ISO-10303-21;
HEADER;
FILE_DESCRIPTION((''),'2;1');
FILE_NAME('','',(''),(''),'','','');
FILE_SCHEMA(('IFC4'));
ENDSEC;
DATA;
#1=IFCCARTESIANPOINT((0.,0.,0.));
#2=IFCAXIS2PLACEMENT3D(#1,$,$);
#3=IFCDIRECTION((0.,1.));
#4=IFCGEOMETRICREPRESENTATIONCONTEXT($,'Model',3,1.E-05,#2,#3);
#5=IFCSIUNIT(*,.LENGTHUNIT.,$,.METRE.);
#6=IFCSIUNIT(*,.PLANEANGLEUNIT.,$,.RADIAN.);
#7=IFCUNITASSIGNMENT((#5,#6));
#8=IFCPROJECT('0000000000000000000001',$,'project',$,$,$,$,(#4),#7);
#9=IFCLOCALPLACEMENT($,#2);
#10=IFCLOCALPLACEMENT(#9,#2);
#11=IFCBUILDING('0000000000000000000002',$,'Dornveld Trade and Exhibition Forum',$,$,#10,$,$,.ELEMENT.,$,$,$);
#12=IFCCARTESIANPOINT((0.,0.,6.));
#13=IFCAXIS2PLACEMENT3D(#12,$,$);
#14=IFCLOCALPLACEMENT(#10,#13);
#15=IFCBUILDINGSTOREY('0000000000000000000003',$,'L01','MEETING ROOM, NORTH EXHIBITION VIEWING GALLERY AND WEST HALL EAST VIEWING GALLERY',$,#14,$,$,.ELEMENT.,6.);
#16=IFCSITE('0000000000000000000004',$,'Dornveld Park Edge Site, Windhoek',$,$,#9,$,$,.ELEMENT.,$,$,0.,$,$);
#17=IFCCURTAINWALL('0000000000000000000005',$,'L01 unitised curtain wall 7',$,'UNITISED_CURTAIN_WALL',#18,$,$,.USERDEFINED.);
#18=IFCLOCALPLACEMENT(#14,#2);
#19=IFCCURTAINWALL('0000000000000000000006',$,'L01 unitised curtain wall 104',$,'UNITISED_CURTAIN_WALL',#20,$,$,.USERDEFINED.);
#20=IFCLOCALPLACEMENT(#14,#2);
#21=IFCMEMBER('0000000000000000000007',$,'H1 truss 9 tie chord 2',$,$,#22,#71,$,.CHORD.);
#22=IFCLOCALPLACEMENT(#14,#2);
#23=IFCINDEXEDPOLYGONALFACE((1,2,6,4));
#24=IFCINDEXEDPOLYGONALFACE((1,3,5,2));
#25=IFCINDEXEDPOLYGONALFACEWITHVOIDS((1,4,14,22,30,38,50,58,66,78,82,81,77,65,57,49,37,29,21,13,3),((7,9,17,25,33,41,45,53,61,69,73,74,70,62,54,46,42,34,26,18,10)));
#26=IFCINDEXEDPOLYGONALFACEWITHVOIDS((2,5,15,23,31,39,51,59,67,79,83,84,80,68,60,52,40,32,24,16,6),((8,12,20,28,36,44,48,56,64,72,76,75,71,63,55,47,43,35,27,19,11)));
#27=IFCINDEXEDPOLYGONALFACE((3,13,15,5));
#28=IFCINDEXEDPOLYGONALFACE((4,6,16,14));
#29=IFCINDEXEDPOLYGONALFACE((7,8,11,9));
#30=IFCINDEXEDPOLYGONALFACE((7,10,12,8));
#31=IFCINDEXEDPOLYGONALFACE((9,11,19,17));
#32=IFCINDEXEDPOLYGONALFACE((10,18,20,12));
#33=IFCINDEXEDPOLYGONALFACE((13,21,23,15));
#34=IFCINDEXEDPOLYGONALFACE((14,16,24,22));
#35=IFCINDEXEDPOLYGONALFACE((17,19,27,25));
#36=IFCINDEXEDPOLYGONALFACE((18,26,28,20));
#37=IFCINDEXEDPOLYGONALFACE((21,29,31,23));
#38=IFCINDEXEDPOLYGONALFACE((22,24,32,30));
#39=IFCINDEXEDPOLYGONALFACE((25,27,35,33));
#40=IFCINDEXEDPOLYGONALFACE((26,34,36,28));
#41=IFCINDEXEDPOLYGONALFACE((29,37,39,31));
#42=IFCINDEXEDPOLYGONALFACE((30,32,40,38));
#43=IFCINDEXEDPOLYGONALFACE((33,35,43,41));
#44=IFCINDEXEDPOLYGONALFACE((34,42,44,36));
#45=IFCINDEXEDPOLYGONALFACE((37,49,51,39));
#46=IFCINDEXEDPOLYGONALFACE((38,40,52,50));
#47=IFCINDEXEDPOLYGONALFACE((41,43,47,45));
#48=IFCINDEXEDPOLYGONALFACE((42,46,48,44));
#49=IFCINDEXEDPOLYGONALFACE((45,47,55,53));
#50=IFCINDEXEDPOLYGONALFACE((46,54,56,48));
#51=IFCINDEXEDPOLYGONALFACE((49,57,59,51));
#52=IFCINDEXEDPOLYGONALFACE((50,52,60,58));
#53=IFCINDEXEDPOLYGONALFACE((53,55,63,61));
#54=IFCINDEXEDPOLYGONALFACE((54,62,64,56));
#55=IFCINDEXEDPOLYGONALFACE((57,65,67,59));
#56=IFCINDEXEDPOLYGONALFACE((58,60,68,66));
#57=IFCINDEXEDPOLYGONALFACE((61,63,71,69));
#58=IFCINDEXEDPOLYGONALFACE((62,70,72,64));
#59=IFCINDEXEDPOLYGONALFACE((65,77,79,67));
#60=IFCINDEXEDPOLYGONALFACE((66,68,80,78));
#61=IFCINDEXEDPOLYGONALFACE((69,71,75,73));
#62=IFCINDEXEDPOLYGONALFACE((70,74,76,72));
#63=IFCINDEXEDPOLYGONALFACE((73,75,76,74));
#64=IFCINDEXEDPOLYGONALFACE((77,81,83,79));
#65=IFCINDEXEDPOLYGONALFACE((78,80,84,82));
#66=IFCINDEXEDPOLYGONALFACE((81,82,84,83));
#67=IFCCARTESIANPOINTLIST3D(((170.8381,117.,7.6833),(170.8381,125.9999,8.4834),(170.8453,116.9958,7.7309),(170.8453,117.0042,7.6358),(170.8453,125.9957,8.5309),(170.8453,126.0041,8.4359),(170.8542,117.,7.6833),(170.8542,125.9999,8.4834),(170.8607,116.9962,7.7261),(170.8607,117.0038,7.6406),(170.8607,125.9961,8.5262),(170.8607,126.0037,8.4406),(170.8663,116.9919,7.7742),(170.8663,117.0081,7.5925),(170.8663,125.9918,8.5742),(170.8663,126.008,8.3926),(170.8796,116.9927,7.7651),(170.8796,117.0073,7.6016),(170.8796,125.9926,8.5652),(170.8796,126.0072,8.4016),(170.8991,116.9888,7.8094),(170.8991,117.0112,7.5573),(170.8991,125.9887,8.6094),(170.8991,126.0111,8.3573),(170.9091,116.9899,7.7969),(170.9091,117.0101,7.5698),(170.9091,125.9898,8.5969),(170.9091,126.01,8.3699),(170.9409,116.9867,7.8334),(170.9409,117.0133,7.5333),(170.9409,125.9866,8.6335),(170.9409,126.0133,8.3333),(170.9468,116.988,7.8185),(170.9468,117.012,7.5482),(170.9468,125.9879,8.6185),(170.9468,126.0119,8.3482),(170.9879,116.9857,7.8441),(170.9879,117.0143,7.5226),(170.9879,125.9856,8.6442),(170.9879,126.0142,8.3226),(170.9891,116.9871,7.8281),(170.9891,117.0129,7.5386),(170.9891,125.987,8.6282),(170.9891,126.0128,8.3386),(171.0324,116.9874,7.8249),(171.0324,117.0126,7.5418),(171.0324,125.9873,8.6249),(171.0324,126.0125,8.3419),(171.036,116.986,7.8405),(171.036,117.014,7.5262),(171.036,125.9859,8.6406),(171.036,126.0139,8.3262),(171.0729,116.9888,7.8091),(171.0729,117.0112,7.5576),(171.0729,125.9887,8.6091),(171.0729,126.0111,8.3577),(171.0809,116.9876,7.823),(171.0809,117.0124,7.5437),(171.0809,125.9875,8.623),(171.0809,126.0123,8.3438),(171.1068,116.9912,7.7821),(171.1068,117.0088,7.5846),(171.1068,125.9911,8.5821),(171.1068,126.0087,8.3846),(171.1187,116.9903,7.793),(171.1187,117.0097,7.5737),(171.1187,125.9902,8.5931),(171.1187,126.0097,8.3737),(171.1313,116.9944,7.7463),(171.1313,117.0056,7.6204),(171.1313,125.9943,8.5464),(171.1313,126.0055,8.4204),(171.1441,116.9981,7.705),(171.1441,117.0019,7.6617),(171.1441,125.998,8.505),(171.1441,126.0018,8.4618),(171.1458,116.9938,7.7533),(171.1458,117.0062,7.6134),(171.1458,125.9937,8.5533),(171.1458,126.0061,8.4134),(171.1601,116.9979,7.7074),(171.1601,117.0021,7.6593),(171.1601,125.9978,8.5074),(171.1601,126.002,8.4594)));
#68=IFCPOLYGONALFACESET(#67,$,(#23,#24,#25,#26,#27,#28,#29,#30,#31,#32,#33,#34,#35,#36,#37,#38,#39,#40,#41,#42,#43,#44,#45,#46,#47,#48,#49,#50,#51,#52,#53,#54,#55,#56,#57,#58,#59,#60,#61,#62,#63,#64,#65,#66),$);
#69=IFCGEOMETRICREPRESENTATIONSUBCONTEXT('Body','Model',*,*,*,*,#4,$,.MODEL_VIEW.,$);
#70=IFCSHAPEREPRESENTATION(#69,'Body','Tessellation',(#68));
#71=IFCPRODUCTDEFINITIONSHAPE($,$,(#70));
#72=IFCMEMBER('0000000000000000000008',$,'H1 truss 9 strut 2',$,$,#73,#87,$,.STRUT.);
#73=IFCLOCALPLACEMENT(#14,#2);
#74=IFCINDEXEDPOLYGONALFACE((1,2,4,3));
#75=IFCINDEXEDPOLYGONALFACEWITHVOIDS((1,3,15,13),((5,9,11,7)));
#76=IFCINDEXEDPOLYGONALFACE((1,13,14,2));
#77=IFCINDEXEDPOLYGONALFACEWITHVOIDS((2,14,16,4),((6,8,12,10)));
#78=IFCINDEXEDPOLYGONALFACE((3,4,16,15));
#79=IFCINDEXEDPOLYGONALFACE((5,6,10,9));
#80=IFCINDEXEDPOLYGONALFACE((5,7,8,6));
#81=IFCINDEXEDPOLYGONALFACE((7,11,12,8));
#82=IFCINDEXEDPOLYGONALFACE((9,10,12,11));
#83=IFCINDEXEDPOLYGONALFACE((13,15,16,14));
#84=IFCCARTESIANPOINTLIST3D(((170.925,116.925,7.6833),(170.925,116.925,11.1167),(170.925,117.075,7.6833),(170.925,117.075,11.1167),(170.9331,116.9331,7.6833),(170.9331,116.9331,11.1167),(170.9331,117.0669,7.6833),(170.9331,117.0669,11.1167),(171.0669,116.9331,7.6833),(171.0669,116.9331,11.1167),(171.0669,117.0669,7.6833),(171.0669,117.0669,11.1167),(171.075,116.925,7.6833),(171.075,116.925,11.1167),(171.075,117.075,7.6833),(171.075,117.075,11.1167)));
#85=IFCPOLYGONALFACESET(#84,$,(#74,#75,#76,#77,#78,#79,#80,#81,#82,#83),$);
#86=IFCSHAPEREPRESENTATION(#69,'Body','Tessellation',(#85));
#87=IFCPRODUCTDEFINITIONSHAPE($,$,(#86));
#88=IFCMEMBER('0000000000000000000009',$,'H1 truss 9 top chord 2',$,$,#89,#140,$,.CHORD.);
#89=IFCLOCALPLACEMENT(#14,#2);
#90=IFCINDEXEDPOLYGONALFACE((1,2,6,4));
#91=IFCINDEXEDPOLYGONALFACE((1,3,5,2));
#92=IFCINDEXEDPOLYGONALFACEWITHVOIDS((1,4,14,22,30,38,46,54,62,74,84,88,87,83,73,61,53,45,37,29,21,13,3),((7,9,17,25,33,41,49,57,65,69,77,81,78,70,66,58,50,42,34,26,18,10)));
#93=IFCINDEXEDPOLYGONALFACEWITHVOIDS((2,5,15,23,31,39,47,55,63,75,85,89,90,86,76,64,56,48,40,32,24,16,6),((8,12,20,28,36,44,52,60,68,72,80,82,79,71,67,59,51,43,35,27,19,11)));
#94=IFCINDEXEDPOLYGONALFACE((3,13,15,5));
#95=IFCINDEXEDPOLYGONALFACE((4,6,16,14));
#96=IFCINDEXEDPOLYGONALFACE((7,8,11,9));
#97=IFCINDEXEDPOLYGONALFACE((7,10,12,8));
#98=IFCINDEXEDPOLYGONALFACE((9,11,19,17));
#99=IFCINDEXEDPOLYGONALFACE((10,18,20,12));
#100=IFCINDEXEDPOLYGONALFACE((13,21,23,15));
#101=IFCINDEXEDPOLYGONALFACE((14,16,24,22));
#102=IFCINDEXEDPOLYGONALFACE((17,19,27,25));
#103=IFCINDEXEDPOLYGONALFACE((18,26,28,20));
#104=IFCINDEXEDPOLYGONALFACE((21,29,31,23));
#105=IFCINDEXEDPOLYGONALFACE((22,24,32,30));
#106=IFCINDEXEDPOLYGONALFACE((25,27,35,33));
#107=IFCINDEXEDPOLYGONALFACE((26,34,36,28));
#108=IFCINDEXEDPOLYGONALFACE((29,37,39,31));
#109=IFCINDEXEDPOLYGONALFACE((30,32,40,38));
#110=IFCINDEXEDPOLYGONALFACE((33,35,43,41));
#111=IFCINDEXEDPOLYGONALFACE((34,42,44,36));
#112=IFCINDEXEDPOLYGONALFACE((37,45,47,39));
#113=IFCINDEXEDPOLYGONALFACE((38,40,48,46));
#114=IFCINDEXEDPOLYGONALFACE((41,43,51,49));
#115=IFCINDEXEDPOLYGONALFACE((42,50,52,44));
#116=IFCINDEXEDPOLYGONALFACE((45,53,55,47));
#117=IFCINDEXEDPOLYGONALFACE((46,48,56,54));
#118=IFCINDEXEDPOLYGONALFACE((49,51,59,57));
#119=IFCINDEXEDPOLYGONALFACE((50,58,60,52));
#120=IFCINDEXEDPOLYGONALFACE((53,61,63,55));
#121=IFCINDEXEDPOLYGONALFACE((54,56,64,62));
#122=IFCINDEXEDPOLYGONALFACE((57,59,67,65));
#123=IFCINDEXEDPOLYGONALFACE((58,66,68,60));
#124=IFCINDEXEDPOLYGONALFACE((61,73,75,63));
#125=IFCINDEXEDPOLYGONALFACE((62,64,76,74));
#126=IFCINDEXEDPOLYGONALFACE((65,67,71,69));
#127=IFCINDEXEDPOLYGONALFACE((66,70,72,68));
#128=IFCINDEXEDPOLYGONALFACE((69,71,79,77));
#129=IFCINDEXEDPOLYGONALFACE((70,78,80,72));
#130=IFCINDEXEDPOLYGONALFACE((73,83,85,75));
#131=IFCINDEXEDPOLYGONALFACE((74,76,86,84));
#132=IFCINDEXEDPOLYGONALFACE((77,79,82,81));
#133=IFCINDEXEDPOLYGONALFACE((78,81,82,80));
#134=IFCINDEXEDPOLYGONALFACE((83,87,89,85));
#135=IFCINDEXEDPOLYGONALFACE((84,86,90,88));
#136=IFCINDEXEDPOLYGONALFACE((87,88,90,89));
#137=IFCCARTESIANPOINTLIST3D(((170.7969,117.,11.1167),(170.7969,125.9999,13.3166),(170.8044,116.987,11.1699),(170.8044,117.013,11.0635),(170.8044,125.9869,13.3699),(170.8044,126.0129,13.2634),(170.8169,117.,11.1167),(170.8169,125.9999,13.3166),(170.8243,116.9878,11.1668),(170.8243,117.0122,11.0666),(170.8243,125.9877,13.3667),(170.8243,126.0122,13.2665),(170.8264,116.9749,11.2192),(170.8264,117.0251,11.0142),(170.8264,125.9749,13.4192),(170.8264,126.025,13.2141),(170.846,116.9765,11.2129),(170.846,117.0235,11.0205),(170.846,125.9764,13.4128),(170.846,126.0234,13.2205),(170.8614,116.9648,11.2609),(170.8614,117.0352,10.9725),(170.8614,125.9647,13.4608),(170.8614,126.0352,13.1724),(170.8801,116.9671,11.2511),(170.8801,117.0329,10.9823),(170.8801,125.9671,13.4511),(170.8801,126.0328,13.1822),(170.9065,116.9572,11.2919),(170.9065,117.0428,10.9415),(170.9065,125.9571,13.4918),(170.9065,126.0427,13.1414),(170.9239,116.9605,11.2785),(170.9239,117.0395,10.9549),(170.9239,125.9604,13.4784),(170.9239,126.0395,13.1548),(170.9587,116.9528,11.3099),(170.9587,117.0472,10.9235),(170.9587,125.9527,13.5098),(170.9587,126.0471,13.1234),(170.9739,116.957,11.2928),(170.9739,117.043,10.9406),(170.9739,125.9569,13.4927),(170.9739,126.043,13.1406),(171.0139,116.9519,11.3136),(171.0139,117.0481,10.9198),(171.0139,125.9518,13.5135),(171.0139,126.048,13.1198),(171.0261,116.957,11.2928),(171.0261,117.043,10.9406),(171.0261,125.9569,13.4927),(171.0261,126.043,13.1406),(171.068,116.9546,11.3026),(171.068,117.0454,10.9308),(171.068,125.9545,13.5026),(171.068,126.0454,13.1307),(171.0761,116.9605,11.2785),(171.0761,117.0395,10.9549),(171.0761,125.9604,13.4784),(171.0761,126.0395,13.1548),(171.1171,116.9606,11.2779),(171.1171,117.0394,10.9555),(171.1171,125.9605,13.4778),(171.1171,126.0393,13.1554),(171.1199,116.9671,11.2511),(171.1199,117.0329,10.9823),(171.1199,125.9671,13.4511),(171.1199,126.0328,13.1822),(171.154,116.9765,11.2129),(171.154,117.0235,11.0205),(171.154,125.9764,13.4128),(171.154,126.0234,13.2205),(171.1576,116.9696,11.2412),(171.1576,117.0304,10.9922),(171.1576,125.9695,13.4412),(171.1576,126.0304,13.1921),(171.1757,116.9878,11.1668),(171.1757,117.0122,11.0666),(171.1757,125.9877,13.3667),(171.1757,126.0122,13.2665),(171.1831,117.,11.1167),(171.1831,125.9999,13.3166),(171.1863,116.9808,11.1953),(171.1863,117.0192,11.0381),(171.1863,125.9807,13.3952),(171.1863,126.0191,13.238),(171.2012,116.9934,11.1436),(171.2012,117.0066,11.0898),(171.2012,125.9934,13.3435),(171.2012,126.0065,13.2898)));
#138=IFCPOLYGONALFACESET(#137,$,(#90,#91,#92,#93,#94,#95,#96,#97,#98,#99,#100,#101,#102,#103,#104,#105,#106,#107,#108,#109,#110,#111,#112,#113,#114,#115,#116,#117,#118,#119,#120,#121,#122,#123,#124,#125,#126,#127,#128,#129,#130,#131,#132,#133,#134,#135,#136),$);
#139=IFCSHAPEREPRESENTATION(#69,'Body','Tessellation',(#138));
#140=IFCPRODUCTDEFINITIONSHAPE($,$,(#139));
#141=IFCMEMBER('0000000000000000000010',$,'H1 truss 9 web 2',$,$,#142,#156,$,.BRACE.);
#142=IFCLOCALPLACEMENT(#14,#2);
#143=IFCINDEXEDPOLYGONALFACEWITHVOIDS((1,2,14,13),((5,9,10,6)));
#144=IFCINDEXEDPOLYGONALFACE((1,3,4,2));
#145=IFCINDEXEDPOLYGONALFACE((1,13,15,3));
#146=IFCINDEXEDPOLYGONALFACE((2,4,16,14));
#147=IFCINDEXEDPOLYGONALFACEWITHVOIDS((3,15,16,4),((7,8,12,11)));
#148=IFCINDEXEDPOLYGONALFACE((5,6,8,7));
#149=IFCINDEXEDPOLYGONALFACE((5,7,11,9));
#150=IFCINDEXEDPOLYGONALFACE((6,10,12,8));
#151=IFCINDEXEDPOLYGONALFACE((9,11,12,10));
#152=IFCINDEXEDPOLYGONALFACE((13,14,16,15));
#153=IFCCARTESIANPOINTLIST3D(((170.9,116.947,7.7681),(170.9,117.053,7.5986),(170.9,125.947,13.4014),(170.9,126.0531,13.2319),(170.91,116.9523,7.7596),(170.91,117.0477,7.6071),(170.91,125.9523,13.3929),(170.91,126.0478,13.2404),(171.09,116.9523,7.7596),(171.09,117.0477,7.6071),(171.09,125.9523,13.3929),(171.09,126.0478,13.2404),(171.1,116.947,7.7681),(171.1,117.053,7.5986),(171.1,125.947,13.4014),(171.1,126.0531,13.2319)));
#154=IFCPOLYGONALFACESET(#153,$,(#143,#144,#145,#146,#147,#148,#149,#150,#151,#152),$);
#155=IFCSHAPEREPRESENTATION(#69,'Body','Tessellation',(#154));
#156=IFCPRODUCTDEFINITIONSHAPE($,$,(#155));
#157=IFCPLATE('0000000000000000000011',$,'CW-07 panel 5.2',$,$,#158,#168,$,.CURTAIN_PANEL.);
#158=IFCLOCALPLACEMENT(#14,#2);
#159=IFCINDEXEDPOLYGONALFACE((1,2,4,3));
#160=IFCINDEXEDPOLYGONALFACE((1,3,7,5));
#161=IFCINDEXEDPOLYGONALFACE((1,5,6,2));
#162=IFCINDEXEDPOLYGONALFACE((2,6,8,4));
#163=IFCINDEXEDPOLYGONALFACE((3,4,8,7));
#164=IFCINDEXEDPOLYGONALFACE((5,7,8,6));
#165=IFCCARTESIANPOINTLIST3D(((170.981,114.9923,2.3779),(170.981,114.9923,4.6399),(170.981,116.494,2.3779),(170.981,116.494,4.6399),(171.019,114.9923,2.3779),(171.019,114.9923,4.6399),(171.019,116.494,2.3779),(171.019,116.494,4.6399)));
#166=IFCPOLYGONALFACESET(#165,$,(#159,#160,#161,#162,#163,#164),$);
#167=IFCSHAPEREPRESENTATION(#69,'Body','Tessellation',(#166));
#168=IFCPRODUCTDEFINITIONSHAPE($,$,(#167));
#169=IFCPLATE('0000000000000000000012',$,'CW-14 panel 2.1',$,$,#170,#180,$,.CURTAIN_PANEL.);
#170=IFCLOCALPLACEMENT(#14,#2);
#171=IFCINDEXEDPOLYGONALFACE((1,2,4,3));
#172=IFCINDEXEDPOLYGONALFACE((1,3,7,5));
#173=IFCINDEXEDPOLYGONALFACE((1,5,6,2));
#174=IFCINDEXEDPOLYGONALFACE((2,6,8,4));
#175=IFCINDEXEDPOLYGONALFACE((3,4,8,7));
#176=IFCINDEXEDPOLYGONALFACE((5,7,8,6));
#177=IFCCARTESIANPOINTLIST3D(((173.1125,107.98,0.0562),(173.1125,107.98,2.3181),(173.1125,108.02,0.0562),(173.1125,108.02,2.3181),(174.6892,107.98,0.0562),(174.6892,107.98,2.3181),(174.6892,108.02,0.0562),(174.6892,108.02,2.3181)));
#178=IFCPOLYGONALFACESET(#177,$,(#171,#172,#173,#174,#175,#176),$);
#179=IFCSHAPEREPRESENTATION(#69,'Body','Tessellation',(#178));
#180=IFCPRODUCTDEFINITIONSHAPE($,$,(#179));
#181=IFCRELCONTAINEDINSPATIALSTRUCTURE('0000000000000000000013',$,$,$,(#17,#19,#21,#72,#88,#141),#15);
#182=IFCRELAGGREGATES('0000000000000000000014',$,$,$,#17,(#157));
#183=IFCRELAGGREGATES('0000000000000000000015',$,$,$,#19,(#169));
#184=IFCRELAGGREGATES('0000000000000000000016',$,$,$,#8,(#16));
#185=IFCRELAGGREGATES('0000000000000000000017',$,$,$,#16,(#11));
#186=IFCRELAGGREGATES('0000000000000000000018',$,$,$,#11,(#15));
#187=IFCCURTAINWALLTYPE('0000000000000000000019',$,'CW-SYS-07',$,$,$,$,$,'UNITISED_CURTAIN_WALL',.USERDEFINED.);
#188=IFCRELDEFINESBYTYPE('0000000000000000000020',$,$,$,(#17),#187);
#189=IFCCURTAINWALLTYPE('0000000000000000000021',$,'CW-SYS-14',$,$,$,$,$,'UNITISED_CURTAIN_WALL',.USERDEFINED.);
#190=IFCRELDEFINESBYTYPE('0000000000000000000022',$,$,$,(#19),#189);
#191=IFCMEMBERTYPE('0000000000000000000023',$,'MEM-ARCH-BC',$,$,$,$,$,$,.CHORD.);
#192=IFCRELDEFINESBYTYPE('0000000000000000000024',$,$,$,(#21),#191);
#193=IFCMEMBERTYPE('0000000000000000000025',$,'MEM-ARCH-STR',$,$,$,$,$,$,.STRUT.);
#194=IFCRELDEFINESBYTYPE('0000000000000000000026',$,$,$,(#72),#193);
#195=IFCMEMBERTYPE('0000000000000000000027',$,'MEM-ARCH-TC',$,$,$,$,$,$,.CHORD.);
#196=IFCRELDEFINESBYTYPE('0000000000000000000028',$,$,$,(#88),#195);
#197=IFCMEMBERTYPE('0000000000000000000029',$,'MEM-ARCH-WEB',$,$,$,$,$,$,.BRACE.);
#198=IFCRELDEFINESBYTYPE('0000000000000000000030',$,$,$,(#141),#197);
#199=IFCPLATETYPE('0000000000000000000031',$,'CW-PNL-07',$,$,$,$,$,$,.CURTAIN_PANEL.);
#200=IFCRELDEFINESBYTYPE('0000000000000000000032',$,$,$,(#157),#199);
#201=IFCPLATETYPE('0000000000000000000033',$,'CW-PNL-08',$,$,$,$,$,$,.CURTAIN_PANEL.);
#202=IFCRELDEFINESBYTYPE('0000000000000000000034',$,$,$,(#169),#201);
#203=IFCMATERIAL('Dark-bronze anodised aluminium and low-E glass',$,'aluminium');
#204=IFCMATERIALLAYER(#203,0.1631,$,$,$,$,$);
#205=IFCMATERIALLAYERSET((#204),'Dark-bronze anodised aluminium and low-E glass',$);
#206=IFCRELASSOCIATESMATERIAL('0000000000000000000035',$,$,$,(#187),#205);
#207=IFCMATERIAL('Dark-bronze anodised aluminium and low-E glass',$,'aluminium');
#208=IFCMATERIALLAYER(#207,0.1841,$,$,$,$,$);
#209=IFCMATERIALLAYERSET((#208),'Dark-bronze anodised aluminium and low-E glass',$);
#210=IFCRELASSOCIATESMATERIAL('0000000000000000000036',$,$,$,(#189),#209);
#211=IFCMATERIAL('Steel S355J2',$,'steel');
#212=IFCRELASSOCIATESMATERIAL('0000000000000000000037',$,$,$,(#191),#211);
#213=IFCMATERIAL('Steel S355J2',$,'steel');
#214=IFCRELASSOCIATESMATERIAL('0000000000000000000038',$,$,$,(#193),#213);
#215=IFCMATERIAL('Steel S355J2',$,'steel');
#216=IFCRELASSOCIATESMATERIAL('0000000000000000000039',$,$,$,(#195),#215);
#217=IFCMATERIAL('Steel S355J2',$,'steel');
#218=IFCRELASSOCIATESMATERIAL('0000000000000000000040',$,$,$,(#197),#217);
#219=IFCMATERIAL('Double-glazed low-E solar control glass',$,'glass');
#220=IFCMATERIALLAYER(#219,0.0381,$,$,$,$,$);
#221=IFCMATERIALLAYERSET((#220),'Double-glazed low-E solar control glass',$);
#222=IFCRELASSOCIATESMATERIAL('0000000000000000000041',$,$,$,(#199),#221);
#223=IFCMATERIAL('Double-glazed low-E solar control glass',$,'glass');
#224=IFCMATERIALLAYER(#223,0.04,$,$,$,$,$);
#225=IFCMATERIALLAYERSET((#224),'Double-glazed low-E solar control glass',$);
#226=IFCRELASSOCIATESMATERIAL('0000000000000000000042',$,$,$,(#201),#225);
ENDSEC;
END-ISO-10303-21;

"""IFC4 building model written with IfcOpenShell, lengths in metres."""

from ifc_helpers import new_model, si_unit, direction, frame, origin, origin_2d, place, context, subcontext, project, spatial, rectangle, hollow_rectangle, hollow_circle, extrude, material, layer, layer_set, material_profile, profile_set, type_object, element, aggregate, save


model = new_model("IFC4")

# Units and contexts
model_context = context("Model", 3, precision=1e-05, world=origin(), true_north=direction((0.0, 1.0)))
body_context = subcontext(model_context, "Body", "Model", "MODEL_VIEW")
ifc_project = project(units=[si_unit("LENGTHUNIT", "METRE"), si_unit("PLANEANGLEUNIT", "RADIAN")], contexts=[model_context])

# Site, building, storey
site_placement = place(None, origin())
site = spatial("IfcSite", under=ifc_project, at=site_placement, Name="Dornveld Park Edge Site, Windhoek", CompositionType="ELEMENT", RefElevation=0.0)
building_placement = place(site_placement, origin())
building = spatial("IfcBuilding", under=site, at=building_placement, Name="Dornveld Trade and Exhibition Forum", CompositionType="ELEMENT")
storey_placement = place(building_placement, frame((0.0, 0.0, 6.0)))
storey = spatial("IfcBuildingStorey", under=building, at=storey_placement, Name="L01", Description="MEETING ROOM, NORTH EXHIBITION VIEWING GALLERY AND WEST HALL EAST VIEWING GALLERY", CompositionType="ELEMENT", Elevation=6.0)

# Curtain wall
ifc_material_1 = material(Name="Dark-bronze anodised aluminium and low-E glass", Category="aluminium")
ifc_layer_1 = layer(ifc_material_1, 0.1631)
ifc_layer_set_1 = layer_set([ifc_layer_1], Name="Dark-bronze anodised aluminium and low-E glass")
curtain_wall_type_1 = type_object("IfcCurtainWallType", Name="CW-SYS-07", ElementType="UNITISED_CURTAIN_WALL", PredefinedType="USERDEFINED", material=ifc_layer_set_1)
curtain_wall_1_placement = place(storey_placement, origin())
curtain_wall_1 = element("IfcCurtainWall", 1, at=curtain_wall_1_placement, inside=storey, type_object=curtain_wall_type_1, Name="L01 unitised curtain wall 7", ObjectType="UNITISED_CURTAIN_WALL", PredefinedType="USERDEFINED")

# Curtain wall
ifc_material_2 = material(Name="Dark-bronze anodised aluminium and low-E glass", Category="aluminium")
ifc_layer_2 = layer(ifc_material_2, 0.1841)
ifc_layer_set_2 = layer_set([ifc_layer_2], Name="Dark-bronze anodised aluminium and low-E glass")
curtain_wall_type_2 = type_object("IfcCurtainWallType", Name="CW-SYS-14", ElementType="UNITISED_CURTAIN_WALL", PredefinedType="USERDEFINED", material=ifc_layer_set_2)
curtain_wall_2_placement = place(storey_placement, origin())
curtain_wall_2 = element("IfcCurtainWall", 2, at=curtain_wall_2_placement, inside=storey, type_object=curtain_wall_type_2, Name="L01 unitised curtain wall 104", ObjectType="UNITISED_CURTAIN_WALL", PredefinedType="USERDEFINED")

# Members
ifc_material_3 = material(Name="Steel S355J2", Category="steel")
ifc_material_profile_1 = material_profile(ifc_material_3, hollow_circle(Radius=0.1619, WallThickness=0.0161, at=origin_2d()), Name="CHS 323.9x16")
ifc_profile_set_1 = profile_set([ifc_material_profile_1], Name="Steel S355J2")
member_type_1 = type_object("IfcMemberType", Name="MEM-ARCH-BC", PredefinedType="CHORD", material=ifc_profile_set_1)
member_1_placement = place(storey_placement, frame((171.0, 117.0, 7.6833), z_axis=(0.0, 0.996072, 0.088545), x_axis=(-1.0, 0.0, 0.0)))
element("IfcMember", 3, at=member_1_placement, inside=storey, type_object=member_type_1, Name="H1 truss 9 tie chord 2", PredefinedType="CHORD", context=body_context, shape_type="SweptSolid", body=[
    extrude(hollow_circle(Radius=0.1619, WallThickness=0.0161, at=origin_2d()), origin(), (0.0, 0.0, 1.0), 9.0354),
])
ifc_material_4 = material(Name="Steel S355J2", Category="steel")
ifc_material_profile_2 = material_profile(ifc_material_4, hollow_rectangle(XDim=0.1499, YDim=0.1499, WallThickness=0.0081, at=origin_2d()), Name="SHS 150x150x8")
ifc_profile_set_2 = profile_set([ifc_material_profile_2], Name="Steel S355J2")
member_type_2 = type_object("IfcMemberType", Name="MEM-ARCH-STR", PredefinedType="STRUT", material=ifc_profile_set_2)
member_2_placement = place(storey_placement, frame((171.0, 117.0, 7.6833), z_axis=(0.0, 0.0, 1.0), x_axis=(1.0, 0.0, 0.0)))
element("IfcMember", 4, at=member_2_placement, inside=storey, type_object=member_type_2, Name="H1 truss 9 strut 2", PredefinedType="STRUT", context=body_context, shape_type="SweptSolid", body=[
    extrude(hollow_rectangle(XDim=0.1499, YDim=0.1499, WallThickness=0.0081, at=origin_2d()), origin(), (0.0, 0.0, 1.0), 3.4333),
])
ifc_material_5 = material(Name="Steel S355J2", Category="steel")
ifc_material_profile_3 = material_profile(ifc_material_5, hollow_circle(Radius=0.2031, WallThickness=0.02, at=origin_2d()), Name="CHS 406.4x20")
ifc_profile_set_3 = profile_set([ifc_material_profile_3], Name="Steel S355J2")
member_type_3 = type_object("IfcMemberType", Name="MEM-ARCH-TC", PredefinedType="CHORD", material=ifc_profile_set_3)
member_3_placement = place(storey_placement, frame((171.0, 117.0, 11.1167), z_axis=(0.0, 0.9714, 0.237448), x_axis=(-1.0, 0.0, 0.0)))
element("IfcMember", 5, at=member_3_placement, inside=storey, type_object=member_type_3, Name="H1 truss 9 top chord 2", PredefinedType="CHORD", context=body_context, shape_type="SweptSolid", body=[
    extrude(hollow_circle(Radius=0.2031, WallThickness=0.02, at=origin_2d()), origin(), (0.0, 0.0, 1.0), 9.2649),
])
ifc_material_6 = material(Name="Steel S355J2", Category="steel")
ifc_material_profile_4 = material_profile(ifc_material_6, hollow_rectangle(XDim=0.2, YDim=0.2, WallThickness=0.01, at=origin_2d()), Name="SHS 200x200x10")
ifc_profile_set_4 = profile_set([ifc_material_profile_4], Name="Steel S355J2")
member_type_4 = type_object("IfcMemberType", Name="MEM-ARCH-WEB", PredefinedType="BRACE", material=ifc_profile_set_4)
member_4_placement = place(storey_placement, frame((171.0, 117.0, 7.6833), z_axis=(0.0, 0.847647, 0.530561), x_axis=(-1.0, 0.0, 0.0)))
element("IfcMember", 6, at=member_4_placement, inside=storey, type_object=member_type_4, Name="H1 truss 9 web 2", PredefinedType="BRACE", context=body_context, shape_type="SweptSolid", body=[
    extrude(hollow_rectangle(XDim=0.2, YDim=0.2, WallThickness=0.01, at=origin_2d()), origin(), (0.0, 0.0, 1.0), 10.6177),
])

# Plates
ifc_material_7 = material(Name="Double-glazed low-E solar control glass", Category="glass")
ifc_layer_3 = layer(ifc_material_7, 0.0381)
ifc_layer_set_3 = layer_set([ifc_layer_3], Name="Double-glazed low-E solar control glass")
plate_type_1 = type_object("IfcPlateType", Name="CW-PNL-07", PredefinedType="CURTAIN_PANEL", material=ifc_layer_set_3)
plate_1_placement = place(storey_placement, frame((171.0, 115.7432, 2.3779), z_axis=(0.0, 0.0, 1.0), x_axis=(0.0, 1.0, 0.0)))
plate_1 = element("IfcPlate", 7, at=plate_1_placement, type_object=plate_type_1, Name="CW-07 panel 5.2", PredefinedType="CURTAIN_PANEL", context=body_context, shape_type="SweptSolid", body=[
    extrude(rectangle(XDim=1.5017, YDim=0.0381, at=origin_2d()), origin(), (0.0, 0.0, 1.0), 2.262),
])
aggregate(curtain_wall_1, [plate_1])
ifc_material_8 = material(Name="Double-glazed low-E solar control glass", Category="glass")
ifc_layer_4 = layer(ifc_material_8, 0.04)
ifc_layer_set_4 = layer_set([ifc_layer_4], Name="Double-glazed low-E solar control glass")
plate_type_2 = type_object("IfcPlateType", Name="CW-PNL-08", PredefinedType="CURTAIN_PANEL", material=ifc_layer_set_4)
plate_2_placement = place(storey_placement, frame((173.9009, 108.0, 0.0562), z_axis=(0.0, 0.0, 1.0), x_axis=(1.0, 0.0, 0.0)))
plate_2 = element("IfcPlate", 8, at=plate_2_placement, type_object=plate_type_2, Name="CW-14 panel 2.1", PredefinedType="CURTAIN_PANEL", context=body_context, shape_type="SweptSolid", body=[
    extrude(rectangle(XDim=1.5767, YDim=0.04, at=origin_2d()), origin(), (0.0, 0.0, 1.0), 2.262),
])
aggregate(curtain_wall_2, [plate_2])

save(model, "model.ifc")
